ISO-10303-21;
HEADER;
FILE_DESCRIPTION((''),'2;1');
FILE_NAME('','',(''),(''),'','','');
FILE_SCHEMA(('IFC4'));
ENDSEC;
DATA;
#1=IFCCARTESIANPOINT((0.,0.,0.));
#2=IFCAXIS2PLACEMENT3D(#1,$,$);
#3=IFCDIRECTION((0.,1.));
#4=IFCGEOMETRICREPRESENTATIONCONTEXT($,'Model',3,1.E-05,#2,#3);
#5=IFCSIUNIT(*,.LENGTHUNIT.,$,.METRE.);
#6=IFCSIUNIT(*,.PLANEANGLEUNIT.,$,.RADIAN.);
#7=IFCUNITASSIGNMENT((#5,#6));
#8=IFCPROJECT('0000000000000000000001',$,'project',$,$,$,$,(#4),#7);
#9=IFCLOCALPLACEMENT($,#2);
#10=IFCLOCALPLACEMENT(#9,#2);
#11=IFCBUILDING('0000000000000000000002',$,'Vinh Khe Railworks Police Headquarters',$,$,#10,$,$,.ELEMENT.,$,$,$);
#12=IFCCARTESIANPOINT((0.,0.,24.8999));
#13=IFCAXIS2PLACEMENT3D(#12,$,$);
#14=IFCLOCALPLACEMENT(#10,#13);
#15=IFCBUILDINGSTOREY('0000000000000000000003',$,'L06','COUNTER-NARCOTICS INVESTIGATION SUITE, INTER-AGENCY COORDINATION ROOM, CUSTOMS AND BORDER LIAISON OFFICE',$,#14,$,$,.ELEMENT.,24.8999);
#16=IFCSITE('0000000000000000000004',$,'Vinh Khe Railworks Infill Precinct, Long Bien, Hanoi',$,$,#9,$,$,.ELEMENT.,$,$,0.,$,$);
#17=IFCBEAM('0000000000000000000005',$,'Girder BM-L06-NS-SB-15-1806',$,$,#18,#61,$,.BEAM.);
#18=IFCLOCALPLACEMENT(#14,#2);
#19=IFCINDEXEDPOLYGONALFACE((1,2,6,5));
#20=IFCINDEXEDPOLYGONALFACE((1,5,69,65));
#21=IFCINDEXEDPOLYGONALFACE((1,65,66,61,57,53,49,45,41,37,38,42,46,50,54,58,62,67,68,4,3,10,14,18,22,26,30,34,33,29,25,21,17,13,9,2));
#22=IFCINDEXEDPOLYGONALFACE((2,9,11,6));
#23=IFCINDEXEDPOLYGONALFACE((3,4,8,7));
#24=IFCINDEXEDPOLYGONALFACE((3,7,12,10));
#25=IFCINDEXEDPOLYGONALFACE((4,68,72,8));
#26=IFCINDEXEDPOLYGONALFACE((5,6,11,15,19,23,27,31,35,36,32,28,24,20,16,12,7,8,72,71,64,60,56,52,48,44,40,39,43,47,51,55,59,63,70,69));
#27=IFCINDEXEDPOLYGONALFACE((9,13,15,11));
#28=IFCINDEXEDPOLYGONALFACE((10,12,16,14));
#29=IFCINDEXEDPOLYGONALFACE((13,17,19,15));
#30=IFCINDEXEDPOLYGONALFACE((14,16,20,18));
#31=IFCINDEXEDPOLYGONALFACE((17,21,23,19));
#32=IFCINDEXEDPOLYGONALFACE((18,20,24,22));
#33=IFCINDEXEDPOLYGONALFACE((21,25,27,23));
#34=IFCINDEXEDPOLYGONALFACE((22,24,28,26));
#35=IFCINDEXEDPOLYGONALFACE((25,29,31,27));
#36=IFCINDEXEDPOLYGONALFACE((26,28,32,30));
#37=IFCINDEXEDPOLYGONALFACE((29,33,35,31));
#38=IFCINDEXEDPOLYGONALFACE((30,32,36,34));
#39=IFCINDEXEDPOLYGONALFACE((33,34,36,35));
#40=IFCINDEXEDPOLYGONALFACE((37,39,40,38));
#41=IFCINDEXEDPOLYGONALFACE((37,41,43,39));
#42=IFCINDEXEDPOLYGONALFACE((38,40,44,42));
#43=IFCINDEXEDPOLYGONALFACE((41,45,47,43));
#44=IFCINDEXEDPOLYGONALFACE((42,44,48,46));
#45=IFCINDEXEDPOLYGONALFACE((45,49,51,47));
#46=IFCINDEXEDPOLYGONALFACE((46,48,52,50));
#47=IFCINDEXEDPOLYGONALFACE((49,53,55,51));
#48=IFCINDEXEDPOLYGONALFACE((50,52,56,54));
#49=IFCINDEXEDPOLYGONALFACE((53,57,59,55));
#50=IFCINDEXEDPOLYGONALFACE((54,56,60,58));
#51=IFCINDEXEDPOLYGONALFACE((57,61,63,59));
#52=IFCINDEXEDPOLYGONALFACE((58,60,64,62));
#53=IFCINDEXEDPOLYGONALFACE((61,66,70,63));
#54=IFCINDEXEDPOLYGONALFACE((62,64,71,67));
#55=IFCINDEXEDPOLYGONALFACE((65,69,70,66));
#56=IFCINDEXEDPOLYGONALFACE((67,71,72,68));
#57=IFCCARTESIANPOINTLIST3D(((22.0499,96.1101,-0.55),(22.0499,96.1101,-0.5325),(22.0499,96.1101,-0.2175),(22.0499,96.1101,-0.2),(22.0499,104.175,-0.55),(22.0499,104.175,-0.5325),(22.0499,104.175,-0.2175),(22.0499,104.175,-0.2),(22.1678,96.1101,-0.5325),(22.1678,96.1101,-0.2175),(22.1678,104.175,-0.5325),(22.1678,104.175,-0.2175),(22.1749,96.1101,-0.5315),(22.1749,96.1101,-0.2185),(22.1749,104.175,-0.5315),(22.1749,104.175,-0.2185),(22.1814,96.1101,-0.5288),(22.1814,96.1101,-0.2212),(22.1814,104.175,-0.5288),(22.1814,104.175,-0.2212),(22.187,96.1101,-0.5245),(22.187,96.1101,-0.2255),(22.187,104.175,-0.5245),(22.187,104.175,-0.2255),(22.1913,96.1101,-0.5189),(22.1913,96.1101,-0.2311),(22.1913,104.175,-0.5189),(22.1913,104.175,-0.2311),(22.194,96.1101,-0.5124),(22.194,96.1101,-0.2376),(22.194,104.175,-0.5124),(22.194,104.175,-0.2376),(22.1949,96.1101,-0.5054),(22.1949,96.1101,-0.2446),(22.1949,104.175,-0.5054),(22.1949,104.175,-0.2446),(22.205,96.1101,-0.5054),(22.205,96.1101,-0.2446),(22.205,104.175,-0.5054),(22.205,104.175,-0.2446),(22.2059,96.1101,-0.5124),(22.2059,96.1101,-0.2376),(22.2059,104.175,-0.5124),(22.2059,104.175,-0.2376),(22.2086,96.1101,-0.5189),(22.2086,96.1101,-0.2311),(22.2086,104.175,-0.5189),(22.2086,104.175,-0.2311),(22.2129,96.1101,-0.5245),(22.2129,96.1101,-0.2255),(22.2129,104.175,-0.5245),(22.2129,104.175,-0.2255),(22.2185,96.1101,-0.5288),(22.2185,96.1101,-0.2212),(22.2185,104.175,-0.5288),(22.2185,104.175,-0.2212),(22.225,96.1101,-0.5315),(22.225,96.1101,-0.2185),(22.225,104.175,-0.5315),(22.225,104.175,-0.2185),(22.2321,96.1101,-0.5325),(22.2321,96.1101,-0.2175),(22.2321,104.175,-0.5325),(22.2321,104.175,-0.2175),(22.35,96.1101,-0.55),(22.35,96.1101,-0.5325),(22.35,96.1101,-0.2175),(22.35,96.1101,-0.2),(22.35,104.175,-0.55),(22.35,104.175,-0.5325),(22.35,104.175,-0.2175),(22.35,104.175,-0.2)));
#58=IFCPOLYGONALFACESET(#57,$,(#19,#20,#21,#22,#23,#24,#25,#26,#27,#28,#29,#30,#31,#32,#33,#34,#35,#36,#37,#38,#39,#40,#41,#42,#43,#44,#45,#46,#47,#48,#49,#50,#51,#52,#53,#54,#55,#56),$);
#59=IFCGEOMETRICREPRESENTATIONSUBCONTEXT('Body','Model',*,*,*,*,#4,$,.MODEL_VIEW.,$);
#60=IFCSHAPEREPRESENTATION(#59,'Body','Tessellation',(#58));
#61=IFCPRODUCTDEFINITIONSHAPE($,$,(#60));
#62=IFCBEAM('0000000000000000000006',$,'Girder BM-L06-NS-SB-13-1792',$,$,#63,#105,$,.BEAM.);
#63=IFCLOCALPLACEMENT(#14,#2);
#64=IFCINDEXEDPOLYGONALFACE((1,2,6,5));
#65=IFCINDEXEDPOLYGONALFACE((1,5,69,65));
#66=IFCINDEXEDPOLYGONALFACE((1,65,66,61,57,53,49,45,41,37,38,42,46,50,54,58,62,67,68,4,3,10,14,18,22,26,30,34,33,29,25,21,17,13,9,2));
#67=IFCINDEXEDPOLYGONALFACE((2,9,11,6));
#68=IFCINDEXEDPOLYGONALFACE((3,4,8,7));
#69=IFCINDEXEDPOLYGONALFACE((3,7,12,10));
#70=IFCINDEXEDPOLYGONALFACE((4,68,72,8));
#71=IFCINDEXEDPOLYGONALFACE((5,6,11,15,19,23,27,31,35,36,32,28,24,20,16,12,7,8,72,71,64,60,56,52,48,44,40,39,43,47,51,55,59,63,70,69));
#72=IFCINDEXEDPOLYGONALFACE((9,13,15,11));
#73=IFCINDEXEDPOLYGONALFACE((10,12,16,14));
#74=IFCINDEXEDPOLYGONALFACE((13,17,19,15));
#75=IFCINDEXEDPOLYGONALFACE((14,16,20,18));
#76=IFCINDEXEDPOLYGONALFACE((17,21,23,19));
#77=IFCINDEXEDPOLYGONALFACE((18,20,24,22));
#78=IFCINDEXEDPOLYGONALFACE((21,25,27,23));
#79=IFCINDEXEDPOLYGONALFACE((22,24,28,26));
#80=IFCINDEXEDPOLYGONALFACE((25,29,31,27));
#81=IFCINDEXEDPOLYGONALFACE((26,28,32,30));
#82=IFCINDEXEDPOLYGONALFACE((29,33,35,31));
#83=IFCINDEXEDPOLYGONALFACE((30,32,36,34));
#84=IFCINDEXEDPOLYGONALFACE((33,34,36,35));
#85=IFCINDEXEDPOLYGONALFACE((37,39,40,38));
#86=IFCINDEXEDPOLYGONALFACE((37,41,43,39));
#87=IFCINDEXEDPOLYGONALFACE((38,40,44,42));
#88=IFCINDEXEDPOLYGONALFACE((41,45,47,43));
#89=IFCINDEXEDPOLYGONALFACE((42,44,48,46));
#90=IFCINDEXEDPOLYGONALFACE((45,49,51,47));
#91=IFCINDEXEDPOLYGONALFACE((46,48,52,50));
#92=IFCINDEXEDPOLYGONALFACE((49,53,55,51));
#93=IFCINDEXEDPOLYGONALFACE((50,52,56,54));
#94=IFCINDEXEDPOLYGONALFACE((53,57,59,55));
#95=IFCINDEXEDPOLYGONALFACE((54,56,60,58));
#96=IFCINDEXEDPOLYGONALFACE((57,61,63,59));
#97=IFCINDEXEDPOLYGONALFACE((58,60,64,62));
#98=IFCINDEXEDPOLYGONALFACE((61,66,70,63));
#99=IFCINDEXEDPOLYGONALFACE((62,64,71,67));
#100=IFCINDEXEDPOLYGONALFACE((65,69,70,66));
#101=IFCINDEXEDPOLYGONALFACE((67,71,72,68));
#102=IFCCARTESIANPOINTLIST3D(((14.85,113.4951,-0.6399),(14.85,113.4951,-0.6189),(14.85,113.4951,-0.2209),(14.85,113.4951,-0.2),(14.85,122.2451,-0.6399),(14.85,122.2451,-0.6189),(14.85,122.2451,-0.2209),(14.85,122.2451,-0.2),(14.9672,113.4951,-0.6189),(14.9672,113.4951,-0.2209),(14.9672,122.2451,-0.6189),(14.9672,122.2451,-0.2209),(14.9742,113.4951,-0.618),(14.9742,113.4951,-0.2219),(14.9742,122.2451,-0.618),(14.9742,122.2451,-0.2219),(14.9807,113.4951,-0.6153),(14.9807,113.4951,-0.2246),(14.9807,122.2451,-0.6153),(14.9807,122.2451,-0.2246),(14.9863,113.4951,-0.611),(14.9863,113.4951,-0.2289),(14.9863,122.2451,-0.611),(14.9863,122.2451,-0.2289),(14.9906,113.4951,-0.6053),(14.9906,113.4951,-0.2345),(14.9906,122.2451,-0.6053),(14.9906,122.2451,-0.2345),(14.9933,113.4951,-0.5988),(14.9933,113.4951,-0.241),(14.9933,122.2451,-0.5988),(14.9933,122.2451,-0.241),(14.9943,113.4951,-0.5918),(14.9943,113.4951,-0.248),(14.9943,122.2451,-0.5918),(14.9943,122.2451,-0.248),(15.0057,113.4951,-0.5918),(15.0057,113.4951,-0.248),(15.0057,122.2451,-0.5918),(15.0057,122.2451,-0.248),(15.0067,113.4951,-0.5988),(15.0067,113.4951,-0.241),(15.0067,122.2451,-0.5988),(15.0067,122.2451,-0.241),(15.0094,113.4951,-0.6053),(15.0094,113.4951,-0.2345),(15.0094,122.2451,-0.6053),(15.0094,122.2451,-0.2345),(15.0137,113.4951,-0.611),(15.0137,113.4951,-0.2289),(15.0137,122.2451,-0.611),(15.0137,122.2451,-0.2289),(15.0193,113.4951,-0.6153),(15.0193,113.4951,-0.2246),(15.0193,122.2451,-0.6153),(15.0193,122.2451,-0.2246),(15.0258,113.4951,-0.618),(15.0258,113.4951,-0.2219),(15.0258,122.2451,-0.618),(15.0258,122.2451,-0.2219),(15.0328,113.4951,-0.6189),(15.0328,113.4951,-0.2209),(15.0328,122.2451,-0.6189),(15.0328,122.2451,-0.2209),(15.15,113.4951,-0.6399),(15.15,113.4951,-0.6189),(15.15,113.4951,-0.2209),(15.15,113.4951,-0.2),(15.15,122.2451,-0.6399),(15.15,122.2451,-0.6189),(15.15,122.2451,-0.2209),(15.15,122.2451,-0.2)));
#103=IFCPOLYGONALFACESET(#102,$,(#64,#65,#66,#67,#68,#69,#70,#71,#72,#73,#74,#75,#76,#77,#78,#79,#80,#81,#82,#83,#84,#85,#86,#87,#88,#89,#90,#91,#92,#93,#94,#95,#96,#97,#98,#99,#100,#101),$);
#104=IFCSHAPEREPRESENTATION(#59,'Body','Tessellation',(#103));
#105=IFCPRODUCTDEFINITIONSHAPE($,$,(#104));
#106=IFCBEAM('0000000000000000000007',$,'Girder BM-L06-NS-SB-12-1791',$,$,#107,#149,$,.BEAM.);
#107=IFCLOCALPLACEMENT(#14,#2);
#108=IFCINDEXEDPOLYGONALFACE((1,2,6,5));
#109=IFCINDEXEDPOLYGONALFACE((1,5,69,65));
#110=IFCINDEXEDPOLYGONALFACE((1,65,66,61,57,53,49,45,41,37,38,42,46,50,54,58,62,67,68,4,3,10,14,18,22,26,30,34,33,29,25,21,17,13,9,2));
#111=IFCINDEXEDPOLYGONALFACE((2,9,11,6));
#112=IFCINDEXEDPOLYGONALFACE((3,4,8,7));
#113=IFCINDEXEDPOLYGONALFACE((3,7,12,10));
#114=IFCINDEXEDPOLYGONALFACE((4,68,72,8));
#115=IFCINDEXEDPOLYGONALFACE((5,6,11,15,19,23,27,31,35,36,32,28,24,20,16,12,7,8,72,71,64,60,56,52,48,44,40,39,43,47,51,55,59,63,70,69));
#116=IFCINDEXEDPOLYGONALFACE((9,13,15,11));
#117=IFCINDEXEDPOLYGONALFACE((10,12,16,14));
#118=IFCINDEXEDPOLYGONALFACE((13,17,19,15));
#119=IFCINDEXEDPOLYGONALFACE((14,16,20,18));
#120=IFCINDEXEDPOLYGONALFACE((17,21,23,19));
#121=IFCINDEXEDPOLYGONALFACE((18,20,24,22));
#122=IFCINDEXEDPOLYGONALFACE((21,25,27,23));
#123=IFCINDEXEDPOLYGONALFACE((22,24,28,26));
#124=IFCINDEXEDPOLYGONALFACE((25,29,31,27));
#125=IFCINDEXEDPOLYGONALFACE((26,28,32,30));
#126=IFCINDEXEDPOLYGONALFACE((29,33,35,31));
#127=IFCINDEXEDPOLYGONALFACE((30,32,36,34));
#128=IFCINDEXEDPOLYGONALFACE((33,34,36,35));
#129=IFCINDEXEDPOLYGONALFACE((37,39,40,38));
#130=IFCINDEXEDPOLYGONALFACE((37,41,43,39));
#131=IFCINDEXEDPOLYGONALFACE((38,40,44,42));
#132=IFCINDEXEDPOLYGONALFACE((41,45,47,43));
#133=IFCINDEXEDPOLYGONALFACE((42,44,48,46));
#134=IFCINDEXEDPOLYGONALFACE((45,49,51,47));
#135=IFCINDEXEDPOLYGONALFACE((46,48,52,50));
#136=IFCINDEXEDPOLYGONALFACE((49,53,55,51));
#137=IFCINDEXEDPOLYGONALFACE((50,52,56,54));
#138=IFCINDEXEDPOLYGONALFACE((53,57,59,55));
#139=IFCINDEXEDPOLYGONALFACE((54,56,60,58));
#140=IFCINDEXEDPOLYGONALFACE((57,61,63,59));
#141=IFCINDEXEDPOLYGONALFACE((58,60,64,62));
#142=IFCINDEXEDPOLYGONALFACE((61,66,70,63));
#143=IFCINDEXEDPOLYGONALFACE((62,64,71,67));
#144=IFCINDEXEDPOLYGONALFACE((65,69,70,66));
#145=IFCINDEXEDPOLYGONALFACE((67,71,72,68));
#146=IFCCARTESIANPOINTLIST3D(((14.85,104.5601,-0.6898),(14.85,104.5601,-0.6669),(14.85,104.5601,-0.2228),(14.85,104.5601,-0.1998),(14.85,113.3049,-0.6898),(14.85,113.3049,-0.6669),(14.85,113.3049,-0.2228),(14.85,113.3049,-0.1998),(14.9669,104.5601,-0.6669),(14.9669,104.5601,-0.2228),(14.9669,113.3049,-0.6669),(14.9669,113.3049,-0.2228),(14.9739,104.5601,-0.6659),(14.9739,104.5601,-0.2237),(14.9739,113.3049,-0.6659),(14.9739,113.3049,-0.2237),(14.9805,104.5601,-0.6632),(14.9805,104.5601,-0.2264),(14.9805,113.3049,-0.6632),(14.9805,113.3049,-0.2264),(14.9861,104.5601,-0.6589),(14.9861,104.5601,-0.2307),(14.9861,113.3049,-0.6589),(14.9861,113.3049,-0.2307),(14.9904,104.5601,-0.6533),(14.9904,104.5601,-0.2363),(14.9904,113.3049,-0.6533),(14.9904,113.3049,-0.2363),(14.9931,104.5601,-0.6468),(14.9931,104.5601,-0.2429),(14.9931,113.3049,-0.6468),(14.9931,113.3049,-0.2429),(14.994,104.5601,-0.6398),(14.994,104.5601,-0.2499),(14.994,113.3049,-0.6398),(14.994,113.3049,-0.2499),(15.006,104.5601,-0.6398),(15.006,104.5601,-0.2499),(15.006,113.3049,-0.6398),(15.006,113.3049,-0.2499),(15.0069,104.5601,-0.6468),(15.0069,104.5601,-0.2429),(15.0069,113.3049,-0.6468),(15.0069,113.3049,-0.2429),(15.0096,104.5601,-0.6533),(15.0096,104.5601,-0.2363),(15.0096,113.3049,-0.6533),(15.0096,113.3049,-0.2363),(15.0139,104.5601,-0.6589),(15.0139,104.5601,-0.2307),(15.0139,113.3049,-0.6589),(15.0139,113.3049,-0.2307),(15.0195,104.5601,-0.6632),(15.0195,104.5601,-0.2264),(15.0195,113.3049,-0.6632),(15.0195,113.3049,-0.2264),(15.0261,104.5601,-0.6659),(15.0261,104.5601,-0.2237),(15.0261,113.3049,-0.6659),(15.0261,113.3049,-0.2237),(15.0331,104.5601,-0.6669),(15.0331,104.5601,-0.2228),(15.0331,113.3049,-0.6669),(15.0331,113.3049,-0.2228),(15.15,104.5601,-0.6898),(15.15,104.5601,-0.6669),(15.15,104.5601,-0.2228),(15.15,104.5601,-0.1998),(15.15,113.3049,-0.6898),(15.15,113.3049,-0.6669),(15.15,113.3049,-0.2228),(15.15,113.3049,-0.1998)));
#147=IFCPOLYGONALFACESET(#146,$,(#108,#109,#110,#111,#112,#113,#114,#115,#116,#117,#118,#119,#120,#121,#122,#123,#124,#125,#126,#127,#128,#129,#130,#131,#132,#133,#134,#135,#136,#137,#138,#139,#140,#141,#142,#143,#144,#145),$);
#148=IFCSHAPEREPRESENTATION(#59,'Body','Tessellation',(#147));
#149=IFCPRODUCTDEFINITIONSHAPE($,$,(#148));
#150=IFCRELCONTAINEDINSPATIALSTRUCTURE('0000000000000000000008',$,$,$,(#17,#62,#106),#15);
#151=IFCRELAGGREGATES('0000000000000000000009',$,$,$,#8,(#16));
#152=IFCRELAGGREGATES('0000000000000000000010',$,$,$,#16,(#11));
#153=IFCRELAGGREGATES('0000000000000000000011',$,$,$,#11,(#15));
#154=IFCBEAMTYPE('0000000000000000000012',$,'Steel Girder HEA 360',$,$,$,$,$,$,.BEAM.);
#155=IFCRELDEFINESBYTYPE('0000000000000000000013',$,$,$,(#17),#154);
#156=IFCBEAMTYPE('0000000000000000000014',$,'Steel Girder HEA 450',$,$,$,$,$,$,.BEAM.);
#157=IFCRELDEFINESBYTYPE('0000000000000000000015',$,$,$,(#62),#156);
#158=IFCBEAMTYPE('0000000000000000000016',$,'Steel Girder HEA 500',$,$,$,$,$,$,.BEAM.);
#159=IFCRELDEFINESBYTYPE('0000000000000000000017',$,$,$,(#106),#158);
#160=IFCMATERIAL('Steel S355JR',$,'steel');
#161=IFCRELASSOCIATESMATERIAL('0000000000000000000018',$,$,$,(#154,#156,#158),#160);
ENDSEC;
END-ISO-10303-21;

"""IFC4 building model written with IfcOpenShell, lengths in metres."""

from ifc_helpers import new_model, si_unit, direction, frame, origin, origin_2d, place, context, subcontext, project, spatial, i_section, extrude, material, material_profile, profile_set, type_object, element, save


model = new_model("IFC4")

# Units and contexts
model_context = context("Model", 3, precision=1e-05, world=origin(), true_north=direction((0.0, 1.0)))
body_context = subcontext(model_context, "Body", "Model", "MODEL_VIEW")
ifc_project = project(units=[si_unit("LENGTHUNIT", "METRE"), si_unit("PLANEANGLEUNIT", "RADIAN")], contexts=[model_context])

# Site, building, storey
site_placement = place(None, origin())
site = spatial("IfcSite", under=ifc_project, at=site_placement, Name="Vinh Khe Railworks Infill Precinct, Long Bien, Hanoi", CompositionType="ELEMENT", RefElevation=0.0)
building_placement = place(site_placement, origin())
building = spatial("IfcBuilding", under=site, at=building_placement, Name="Vinh Khe Railworks Police Headquarters", CompositionType="ELEMENT")
storey_placement = place(building_placement, frame((0.0, 0.0, 24.8999)))
storey = spatial("IfcBuildingStorey", under=building, at=storey_placement, Name="L06", Description="COUNTER-NARCOTICS INVESTIGATION SUITE, INTER-AGENCY COORDINATION ROOM, CUSTOMS AND BORDER LIAISON OFFICE", CompositionType="ELEMENT", Elevation=24.8999)

# Shared definitions
ifc_material_1 = material(Name="Steel S355JR", Category="steel")

# Beams
ifc_material_profile_1 = material_profile(ifc_material_1, i_section(OverallWidth=0.3, OverallDepth=0.3501, WebThickness=0.01, FlangeThickness=0.0176, FilletRadius=0.0271, at=origin_2d()), Name="HEA 360")
ifc_profile_set_1 = profile_set([ifc_material_profile_1], Name="Steel S355JR")
beam_type_1 = type_object("IfcBeamType", Name="Steel Girder HEA 360", PredefinedType="BEAM", material=ifc_profile_set_1)
beam_1_placement = place(storey_placement, frame((22.2, 96.1101, -0.375), z_axis=(0.0, 1.0, 0.0), x_axis=(-1.0, 0.0, 0.0)))
element("IfcBeam", 1, at=beam_1_placement, inside=storey, type_object=beam_type_1, Name="Girder BM-L06-NS-SB-15-1806", PredefinedType="BEAM", context=body_context, shape_type="SweptSolid", body=[
    extrude(i_section(OverallWidth=0.3, OverallDepth=0.3501, WebThickness=0.01, FlangeThickness=0.0176, FilletRadius=0.0271, at=origin_2d()), origin(), (0.0, 0.0, 1.0), 8.0649),
])
ifc_material_profile_2 = material_profile(ifc_material_1, i_section(OverallWidth=0.3, OverallDepth=0.4399, WebThickness=0.0115, FlangeThickness=0.021, FilletRadius=0.0271, at=origin_2d()), Name="HEA 450")
ifc_profile_set_2 = profile_set([ifc_material_profile_2], Name="Steel S355JR")
beam_type_2 = type_object("IfcBeamType", Name="Steel Girder HEA 450", PredefinedType="BEAM", material=ifc_profile_set_2)
beam_2_placement = place(storey_placement, frame((15.0, 113.4951, -0.4199), z_axis=(0.0, 1.0, 0.0), x_axis=(-1.0, 0.0, 0.0)))
element("IfcBeam", 2, at=beam_2_placement, inside=storey, type_object=beam_type_2, Name="Girder BM-L06-NS-SB-13-1792", PredefinedType="BEAM", context=body_context, shape_type="SweptSolid", body=[
    extrude(i_section(OverallWidth=0.3, OverallDepth=0.4399, WebThickness=0.0115, FlangeThickness=0.021, FilletRadius=0.0271, at=origin_2d()), origin(), (0.0, 0.0, 1.0), 8.75),
])
ifc_material_profile_3 = material_profile(ifc_material_1, i_section(OverallWidth=0.3, OverallDepth=0.49, WebThickness=0.012, FlangeThickness=0.0229, FilletRadius=0.0271, at=origin_2d()), Name="HEA 500")
ifc_profile_set_3 = profile_set([ifc_material_profile_3], Name="Steel S355JR")
beam_type_3 = type_object("IfcBeamType", Name="Steel Girder HEA 500", PredefinedType="BEAM", material=ifc_profile_set_3)
beam_3_placement = place(storey_placement, frame((15.0, 104.5601, -0.4448), z_axis=(0.0, 1.0, 0.0), x_axis=(-1.0, 0.0, 0.0)))
element("IfcBeam", 3, at=beam_3_placement, inside=storey, type_object=beam_type_3, Name="Girder BM-L06-NS-SB-12-1791", PredefinedType="BEAM", context=body_context, shape_type="SweptSolid", body=[
    extrude(i_section(OverallWidth=0.3, OverallDepth=0.49, WebThickness=0.012, FlangeThickness=0.0229, FilletRadius=0.0271, at=origin_2d()), origin(), (0.0, 0.0, 1.0), 8.7449),
])

save(model, "model.ifc")
